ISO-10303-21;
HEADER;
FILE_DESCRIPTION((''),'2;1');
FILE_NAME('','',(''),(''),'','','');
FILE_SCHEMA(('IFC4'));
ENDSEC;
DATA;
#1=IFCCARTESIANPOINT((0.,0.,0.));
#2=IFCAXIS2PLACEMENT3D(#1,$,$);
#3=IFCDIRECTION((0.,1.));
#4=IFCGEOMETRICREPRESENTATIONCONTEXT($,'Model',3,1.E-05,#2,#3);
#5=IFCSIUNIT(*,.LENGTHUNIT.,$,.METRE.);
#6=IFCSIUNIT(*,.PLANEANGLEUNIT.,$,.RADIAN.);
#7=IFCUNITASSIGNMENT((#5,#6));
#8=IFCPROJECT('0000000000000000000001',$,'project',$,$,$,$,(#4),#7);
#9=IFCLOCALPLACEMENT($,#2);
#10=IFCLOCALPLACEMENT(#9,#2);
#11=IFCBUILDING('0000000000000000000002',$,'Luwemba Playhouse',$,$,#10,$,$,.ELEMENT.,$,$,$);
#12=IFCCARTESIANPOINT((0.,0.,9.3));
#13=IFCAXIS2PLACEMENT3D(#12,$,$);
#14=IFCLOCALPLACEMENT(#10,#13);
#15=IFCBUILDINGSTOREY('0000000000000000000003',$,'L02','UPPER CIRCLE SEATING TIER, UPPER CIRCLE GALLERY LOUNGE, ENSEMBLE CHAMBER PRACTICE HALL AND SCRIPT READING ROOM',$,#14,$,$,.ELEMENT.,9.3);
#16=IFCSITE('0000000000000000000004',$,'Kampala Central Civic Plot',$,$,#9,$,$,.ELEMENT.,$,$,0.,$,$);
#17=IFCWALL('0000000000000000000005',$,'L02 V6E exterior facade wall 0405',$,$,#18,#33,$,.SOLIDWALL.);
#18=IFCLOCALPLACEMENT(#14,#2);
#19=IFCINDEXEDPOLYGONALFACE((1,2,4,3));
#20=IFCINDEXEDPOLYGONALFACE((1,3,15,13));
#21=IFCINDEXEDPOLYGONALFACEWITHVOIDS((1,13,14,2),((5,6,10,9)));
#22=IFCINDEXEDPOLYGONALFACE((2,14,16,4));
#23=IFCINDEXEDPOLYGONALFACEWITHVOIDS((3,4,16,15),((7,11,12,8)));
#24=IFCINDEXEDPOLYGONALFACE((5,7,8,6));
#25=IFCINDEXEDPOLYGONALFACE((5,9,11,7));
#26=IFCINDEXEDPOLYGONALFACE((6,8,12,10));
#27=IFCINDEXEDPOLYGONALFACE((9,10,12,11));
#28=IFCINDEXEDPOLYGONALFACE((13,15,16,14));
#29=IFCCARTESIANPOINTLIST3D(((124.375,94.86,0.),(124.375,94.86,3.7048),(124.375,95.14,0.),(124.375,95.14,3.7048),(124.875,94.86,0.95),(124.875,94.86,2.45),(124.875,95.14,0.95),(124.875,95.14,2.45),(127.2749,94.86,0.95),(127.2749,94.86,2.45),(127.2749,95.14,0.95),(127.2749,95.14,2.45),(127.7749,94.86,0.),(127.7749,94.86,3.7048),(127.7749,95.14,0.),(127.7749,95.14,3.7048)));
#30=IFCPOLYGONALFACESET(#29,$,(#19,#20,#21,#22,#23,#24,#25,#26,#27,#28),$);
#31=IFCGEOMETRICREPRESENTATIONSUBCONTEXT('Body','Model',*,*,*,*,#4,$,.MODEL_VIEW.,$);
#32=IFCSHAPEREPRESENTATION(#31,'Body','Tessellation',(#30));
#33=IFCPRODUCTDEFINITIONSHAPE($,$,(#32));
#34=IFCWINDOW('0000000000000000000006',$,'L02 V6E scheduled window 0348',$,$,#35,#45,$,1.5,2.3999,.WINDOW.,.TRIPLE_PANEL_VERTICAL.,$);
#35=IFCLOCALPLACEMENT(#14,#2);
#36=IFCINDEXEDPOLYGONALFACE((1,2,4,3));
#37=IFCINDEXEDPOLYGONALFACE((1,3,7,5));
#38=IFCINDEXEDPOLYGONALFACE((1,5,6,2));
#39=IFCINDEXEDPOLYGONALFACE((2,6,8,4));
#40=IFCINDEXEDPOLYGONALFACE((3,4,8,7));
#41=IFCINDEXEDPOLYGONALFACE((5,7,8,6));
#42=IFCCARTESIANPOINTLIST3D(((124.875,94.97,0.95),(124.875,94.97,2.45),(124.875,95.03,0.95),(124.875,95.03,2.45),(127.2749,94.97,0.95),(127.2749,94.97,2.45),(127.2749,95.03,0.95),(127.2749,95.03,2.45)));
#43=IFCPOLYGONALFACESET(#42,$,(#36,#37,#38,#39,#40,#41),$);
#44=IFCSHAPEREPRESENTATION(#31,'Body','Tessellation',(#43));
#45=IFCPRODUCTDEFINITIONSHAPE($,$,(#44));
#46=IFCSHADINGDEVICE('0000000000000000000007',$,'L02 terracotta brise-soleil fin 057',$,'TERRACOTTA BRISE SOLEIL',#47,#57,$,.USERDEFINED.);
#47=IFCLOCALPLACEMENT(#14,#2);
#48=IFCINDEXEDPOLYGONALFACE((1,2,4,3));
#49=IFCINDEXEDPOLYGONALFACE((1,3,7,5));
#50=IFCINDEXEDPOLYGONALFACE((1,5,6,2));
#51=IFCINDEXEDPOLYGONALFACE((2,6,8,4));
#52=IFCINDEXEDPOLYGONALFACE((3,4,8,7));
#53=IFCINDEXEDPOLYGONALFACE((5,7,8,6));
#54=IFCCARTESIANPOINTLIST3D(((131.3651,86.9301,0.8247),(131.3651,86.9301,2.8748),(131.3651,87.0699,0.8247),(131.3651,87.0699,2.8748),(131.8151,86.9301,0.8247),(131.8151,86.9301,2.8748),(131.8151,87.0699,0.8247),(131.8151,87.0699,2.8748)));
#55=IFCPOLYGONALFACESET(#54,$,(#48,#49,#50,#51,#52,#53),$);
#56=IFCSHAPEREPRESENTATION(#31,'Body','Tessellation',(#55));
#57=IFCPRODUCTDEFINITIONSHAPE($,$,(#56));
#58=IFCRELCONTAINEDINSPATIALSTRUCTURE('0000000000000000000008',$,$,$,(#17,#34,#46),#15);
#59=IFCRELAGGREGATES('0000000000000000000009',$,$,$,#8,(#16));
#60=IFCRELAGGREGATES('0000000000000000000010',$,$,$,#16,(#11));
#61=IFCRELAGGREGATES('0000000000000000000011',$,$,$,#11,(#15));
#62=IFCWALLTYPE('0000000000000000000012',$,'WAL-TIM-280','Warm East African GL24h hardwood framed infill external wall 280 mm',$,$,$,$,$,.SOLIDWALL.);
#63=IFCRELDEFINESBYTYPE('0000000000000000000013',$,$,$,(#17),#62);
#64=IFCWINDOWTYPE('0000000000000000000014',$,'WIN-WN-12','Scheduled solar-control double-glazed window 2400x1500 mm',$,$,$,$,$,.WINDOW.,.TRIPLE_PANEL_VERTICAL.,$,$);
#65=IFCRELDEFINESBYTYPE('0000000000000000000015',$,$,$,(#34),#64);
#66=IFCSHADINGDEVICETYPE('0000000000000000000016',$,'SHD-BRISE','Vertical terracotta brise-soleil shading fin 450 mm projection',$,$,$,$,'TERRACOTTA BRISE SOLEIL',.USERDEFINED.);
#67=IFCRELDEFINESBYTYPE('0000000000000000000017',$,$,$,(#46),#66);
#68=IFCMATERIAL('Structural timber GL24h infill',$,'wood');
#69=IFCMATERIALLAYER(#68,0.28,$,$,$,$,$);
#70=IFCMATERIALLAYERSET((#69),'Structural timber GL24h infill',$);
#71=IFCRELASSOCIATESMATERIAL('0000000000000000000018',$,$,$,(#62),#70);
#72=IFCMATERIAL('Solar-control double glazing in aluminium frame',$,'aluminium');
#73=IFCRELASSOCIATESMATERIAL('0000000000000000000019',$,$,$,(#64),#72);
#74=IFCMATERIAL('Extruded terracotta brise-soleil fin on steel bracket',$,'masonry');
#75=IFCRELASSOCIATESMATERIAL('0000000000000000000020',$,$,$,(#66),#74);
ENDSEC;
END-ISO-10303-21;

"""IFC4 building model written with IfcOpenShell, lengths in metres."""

from ifc_helpers import new_model, si_unit, direction, frame, frame_2d, origin, origin_2d, place, context, subcontext, project, spatial, rectangle, extrude, material, layer, layer_set, type_object, element, fill, save


model = new_model("IFC4")

# Units and contexts
model_context = context("Model", 3, precision=1e-05, world=origin(), true_north=direction((0.0, 1.0)))
body_context = subcontext(model_context, "Body", "Model", "MODEL_VIEW")
ifc_project = project(units=[si_unit("LENGTHUNIT", "METRE"), si_unit("PLANEANGLEUNIT", "RADIAN")], contexts=[model_context])

# Site, building, storey
site_placement = place(None, origin())
site = spatial("IfcSite", under=ifc_project, at=site_placement, Name="Kampala Central Civic Plot", CompositionType="ELEMENT", RefElevation=0.0)
building_placement = place(site_placement, origin())
building = spatial("IfcBuilding", under=site, at=building_placement, Name="Luwemba Playhouse", CompositionType="ELEMENT")
storey_placement = place(building_placement, frame((0.0, 0.0, 9.3)))
storey = spatial("IfcBuildingStorey", under=building, at=storey_placement, Name="L02", Description="UPPER CIRCLE SEATING TIER, UPPER CIRCLE GALLERY LOUNGE, ENSEMBLE CHAMBER PRACTICE HALL AND SCRIPT READING ROOM", CompositionType="ELEMENT", Elevation=9.3)

# Shared definitions
ifc_material_1 = material(Name="Solar-control double glazing in aluminium frame", Category="aluminium")

# Wall, opening, window
ifc_material_2 = material(Name="Structural timber GL24h infill", Category="wood")
ifc_layer_1 = layer(ifc_material_2, 0.28)
ifc_layer_set_1 = layer_set([ifc_layer_1], Name="Structural timber GL24h infill")
wall_type_1 = type_object("IfcWallType", Name="WAL-TIM-280", Description="Warm East African GL24h hardwood framed infill external wall 280 mm", PredefinedType="SOLIDWALL", material=ifc_layer_set_1)
wall_1_placement = place(storey_placement, frame((127.7749, 95.0, 0.0), z_axis=(0.0, 0.0, 1.0), x_axis=(-1.0, 0.0, 0.0)))
wall_1 = element("IfcWall", 1, at=wall_1_placement, inside=storey, type_object=wall_type_1, Name="L02 V6E exterior facade wall 0405", PredefinedType="SOLIDWALL", context=body_context, shape_type="SweptSolid", body=[
    extrude(rectangle(XDim=3.3999, YDim=0.28, at=frame_2d((1.7, 0.0))), origin(), (0.0, 0.0, 1.0), 3.7048),
])
opening_1_placement = place(wall_1_placement, frame((0.5, 0.0, 0.95)))
opening_1 = element("IfcOpeningElement", 2, at=opening_1_placement, cuts=wall_1, PredefinedType="OPENING", context=body_context, shape_type="SweptSolid", body=[
    extrude(rectangle(XDim=2.3999, YDim=1.5, at=frame_2d((1.2, 0.75))), frame((0.0, 0.1499, 0.0), z_axis=(0.0, -1.0, 0.0), x_axis=(1.0, 0.0, 0.0)), (0.0, 0.0, 1.0), 0.3),
])
window_type_1 = type_object("IfcWindowType", Name="WIN-WN-12", Description="Scheduled solar-control double-glazed window 2400x1500 mm", PartitioningType="TRIPLE_PANEL_VERTICAL", PredefinedType="WINDOW", material=ifc_material_1)
window_1_placement = place(opening_1_placement, origin())
window_1 = element("IfcWindow", 3, at=window_1_placement, inside=storey, type_object=window_type_1, Name="L02 V6E scheduled window 0348", OverallHeight=1.5, OverallWidth=2.3999, PartitioningType="TRIPLE_PANEL_VERTICAL", PredefinedType="WINDOW", context=body_context, shape_type="SweptSolid", body=[
    extrude(rectangle(XDim=2.3999, YDim=1.5, at=frame_2d((1.2, 0.75))), frame((0.0, 0.03, 0.0), z_axis=(0.0, -1.0, 0.0), x_axis=(1.0, 0.0, 0.0)), (0.0, 0.0, 1.0), 0.0601),
])
fill(opening_1, window_1)

# Shading device
ifc_material_3 = material(Name="Extruded terracotta brise-soleil fin on steel bracket", Category="masonry")
shading_device_type = type_object("IfcShadingDeviceType", Name="SHD-BRISE", Description="Vertical terracotta brise-soleil shading fin 450 mm projection", ElementType="TERRACOTTA BRISE SOLEIL", PredefinedType="USERDEFINED", material=ifc_material_3)
shading_device_placement = place(storey_placement, frame((131.5901, 87.0, 0.8247), z_axis=(0.0, 0.0, 1.0), x_axis=(0.0, 1.0, 0.0)))
element("IfcShadingDevice", 4, at=shading_device_placement, inside=storey, type_object=shading_device_type, Name="L02 terracotta brise-soleil fin 057", ObjectType="TERRACOTTA BRISE SOLEIL", PredefinedType="USERDEFINED", context=body_context, shape_type="SweptSolid", body=[
    extrude(rectangle(XDim=0.1399, YDim=0.45, at=origin_2d()), origin(), (0.0, 0.0, 1.0), 2.05),
])

save(model, "model.ifc")
